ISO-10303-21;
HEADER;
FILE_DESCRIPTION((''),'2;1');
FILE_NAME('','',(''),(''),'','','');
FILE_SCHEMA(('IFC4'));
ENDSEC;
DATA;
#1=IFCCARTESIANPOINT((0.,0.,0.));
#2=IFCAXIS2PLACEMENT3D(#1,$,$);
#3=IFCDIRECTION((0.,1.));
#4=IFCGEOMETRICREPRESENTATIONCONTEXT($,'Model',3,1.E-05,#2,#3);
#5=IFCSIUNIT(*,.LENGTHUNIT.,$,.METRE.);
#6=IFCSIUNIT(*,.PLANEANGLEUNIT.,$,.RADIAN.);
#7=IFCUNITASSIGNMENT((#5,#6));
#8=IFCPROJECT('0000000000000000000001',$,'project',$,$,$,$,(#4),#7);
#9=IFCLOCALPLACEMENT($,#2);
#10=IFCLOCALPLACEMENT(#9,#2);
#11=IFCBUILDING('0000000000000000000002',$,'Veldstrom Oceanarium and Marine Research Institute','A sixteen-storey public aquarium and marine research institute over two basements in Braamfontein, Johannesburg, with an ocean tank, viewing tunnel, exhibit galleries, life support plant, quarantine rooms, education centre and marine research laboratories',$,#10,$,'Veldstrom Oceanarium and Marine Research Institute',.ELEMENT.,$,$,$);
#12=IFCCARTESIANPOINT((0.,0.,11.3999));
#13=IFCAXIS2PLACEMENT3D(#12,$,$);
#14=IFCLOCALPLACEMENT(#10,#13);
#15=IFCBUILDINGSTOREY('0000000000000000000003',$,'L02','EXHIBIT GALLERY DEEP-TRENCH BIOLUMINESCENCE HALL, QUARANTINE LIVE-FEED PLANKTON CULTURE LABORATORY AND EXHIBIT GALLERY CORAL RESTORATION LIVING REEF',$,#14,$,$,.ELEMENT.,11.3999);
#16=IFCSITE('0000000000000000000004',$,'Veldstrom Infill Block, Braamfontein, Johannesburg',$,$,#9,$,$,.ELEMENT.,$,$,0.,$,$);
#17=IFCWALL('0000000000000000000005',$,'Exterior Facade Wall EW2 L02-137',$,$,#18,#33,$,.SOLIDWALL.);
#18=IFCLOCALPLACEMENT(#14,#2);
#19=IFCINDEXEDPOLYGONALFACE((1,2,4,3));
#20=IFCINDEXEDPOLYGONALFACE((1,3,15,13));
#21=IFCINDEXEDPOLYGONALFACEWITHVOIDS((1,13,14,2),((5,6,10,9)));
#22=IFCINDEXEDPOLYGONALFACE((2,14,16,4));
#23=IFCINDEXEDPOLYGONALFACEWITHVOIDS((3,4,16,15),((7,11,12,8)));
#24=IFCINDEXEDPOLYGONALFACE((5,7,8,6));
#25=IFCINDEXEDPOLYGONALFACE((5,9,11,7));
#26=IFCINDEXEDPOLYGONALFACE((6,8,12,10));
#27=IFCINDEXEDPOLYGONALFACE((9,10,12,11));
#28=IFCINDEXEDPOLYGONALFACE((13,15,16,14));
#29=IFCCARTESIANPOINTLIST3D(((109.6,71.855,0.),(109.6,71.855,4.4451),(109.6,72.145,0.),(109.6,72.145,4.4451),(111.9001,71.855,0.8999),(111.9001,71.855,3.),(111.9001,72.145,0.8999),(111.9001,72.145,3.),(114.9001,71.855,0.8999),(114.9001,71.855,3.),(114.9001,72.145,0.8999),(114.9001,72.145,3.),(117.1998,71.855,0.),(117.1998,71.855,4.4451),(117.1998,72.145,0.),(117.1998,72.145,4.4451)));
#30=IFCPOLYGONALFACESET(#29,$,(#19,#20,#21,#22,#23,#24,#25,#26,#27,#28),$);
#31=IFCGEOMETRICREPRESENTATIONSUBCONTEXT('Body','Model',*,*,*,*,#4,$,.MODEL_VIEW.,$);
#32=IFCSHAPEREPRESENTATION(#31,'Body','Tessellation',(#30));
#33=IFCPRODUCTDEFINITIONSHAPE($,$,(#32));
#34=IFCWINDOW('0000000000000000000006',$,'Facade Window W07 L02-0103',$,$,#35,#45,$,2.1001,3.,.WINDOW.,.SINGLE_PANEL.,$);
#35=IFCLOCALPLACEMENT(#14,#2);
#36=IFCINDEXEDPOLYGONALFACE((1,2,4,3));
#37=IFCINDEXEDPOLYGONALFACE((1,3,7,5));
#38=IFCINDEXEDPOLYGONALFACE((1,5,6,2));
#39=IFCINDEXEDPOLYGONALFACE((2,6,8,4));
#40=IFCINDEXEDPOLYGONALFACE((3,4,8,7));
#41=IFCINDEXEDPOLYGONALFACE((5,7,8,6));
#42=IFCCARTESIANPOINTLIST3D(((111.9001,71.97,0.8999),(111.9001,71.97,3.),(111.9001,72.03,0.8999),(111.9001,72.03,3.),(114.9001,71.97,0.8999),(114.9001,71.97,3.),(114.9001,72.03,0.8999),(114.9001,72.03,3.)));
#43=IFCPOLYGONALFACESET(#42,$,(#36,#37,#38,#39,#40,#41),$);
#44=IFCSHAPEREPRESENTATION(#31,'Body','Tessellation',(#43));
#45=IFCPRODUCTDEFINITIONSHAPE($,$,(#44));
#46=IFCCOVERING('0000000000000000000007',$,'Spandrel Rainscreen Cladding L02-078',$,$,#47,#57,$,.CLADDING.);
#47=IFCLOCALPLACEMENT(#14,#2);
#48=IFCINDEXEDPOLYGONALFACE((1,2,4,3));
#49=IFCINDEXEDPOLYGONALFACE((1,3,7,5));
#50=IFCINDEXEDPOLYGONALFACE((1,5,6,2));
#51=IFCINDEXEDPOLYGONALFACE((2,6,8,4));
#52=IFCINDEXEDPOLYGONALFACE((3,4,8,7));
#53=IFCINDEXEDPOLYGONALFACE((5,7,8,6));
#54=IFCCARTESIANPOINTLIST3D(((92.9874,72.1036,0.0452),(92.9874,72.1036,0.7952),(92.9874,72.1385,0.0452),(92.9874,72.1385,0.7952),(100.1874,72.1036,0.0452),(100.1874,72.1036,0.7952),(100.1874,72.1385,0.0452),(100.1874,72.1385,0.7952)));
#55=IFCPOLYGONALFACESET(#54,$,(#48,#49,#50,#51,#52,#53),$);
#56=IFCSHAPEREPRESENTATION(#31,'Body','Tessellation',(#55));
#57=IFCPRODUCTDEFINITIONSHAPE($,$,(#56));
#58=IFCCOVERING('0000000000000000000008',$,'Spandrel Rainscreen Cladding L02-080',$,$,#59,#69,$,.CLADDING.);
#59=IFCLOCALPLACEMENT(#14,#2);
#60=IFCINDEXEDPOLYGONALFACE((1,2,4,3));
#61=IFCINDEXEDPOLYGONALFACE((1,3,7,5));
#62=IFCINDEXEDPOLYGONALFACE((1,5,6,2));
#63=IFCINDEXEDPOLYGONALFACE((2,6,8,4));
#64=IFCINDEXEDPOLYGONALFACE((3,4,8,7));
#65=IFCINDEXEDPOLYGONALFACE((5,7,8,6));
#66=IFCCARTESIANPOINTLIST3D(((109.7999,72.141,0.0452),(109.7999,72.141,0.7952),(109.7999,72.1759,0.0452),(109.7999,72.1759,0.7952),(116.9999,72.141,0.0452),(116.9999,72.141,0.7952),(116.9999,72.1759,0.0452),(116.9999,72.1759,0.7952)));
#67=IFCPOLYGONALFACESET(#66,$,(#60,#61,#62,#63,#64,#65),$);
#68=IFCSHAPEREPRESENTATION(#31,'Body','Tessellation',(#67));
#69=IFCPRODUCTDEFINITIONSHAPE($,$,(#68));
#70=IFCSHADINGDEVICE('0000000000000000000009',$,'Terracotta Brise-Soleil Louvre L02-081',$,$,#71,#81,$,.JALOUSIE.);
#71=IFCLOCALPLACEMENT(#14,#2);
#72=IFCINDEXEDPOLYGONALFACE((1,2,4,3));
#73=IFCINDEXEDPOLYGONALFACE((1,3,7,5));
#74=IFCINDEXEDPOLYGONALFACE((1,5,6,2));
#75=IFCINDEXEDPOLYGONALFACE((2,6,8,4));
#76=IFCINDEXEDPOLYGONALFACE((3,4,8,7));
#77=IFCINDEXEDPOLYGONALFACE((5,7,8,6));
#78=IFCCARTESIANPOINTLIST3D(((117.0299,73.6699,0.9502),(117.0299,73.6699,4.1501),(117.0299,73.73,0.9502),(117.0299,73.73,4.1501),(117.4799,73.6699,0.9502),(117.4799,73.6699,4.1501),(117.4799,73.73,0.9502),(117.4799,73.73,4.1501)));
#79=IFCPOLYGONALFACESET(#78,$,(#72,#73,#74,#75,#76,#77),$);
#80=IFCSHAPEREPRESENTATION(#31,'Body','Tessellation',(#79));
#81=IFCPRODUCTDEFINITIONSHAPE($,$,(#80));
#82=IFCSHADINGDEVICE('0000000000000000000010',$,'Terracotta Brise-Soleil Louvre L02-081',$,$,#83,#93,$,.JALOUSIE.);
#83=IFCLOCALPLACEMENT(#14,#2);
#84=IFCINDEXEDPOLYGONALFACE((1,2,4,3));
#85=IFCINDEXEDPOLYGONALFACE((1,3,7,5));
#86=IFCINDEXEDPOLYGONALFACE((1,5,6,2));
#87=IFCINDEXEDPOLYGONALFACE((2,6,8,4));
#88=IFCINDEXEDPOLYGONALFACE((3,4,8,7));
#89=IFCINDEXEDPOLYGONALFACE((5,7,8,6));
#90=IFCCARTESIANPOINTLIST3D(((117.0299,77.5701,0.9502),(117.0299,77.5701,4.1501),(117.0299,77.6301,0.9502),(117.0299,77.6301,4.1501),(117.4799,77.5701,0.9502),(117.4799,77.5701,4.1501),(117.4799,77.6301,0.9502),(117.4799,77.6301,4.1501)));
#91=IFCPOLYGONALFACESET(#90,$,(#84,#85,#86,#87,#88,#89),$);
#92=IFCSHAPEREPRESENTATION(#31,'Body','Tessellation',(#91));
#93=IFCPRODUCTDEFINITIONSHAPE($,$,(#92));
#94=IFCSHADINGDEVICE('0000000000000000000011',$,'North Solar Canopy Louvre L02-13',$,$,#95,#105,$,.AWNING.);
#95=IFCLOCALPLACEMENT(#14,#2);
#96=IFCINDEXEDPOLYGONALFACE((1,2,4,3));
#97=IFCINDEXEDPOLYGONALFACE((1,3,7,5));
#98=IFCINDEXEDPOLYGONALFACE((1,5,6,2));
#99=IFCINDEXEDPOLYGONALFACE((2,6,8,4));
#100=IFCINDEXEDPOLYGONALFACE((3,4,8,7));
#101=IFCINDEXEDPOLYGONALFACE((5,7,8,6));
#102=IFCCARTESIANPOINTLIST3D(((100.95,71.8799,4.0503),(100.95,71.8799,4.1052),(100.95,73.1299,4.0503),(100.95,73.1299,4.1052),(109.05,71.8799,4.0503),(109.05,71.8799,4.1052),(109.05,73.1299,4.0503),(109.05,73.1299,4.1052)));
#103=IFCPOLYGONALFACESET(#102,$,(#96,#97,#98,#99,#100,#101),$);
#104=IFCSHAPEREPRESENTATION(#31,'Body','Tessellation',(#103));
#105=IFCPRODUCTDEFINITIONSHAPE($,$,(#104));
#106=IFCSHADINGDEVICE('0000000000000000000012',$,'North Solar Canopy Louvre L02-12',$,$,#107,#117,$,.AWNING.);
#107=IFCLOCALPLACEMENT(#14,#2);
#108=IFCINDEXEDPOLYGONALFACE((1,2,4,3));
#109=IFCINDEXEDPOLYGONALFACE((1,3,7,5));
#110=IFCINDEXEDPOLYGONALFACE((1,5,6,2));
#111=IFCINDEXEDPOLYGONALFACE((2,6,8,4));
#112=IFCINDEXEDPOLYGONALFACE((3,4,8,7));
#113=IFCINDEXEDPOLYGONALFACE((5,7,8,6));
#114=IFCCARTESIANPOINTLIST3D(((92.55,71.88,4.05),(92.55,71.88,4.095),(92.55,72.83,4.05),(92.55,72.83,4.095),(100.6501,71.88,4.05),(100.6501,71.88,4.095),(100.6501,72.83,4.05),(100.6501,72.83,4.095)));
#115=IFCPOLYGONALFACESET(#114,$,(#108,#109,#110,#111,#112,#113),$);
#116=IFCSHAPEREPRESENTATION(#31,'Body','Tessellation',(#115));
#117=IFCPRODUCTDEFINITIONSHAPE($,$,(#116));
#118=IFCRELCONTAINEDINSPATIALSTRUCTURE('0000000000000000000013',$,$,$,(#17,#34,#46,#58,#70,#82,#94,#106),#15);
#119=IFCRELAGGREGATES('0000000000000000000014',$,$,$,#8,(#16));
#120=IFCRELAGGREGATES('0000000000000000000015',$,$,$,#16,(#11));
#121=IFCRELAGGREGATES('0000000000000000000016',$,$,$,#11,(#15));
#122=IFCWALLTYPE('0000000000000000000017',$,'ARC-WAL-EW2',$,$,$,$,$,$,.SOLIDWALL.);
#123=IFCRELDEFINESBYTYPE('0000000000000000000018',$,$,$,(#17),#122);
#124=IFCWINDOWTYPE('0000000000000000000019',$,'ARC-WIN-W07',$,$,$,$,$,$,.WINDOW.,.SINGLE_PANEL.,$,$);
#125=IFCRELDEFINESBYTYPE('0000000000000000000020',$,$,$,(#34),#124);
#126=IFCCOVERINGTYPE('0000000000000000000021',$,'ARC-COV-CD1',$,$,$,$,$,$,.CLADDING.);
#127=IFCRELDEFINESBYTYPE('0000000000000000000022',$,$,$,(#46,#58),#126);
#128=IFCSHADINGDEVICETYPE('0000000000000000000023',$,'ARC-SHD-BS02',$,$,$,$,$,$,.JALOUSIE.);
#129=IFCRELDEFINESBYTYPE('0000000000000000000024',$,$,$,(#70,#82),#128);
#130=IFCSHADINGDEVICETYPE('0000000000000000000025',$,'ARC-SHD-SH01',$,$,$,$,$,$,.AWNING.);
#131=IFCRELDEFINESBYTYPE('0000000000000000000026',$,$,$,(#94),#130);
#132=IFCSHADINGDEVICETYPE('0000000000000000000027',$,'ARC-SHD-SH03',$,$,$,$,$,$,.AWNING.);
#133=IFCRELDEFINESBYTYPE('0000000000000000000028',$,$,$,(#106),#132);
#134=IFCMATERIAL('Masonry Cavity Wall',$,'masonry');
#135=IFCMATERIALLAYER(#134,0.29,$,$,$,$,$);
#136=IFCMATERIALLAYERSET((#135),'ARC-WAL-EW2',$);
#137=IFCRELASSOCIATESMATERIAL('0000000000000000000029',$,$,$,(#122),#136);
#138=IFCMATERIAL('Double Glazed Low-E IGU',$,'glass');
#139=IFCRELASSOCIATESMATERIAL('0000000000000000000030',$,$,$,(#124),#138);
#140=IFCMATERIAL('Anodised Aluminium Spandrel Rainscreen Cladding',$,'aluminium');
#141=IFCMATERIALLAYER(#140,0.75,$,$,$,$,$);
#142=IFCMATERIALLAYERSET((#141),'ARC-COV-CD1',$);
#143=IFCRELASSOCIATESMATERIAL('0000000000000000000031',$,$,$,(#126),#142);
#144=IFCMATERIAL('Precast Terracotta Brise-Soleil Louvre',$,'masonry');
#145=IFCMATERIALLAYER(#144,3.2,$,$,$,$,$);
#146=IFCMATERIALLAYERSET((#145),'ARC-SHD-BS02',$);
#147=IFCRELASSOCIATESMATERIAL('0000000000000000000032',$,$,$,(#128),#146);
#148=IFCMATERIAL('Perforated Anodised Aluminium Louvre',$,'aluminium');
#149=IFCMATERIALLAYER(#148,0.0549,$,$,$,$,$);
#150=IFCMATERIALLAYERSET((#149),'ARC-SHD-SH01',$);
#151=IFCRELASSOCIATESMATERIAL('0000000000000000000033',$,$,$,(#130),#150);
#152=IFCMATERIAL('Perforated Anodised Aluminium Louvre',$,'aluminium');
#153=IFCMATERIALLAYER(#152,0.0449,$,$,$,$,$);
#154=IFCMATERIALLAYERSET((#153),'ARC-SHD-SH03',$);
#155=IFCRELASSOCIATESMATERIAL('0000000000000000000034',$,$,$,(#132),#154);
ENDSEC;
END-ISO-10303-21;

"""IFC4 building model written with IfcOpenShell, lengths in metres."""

from ifc_helpers import new_model, si_unit, direction, frame, frame_2d, origin, origin_2d, place, context, subcontext, project, spatial, rectangle, extrude, material, layer, layer_set, type_object, element, fill, save


model = new_model("IFC4")

# Units and contexts
model_context = context("Model", 3, precision=1e-05, world=origin(), true_north=direction((0.0, 1.0)))
body_context = subcontext(model_context, "Body", "Model", "MODEL_VIEW")
ifc_project = project(units=[si_unit("LENGTHUNIT", "METRE"), si_unit("PLANEANGLEUNIT", "RADIAN")], contexts=[model_context])

# Site, building, storey
site_placement = place(None, origin())
site = spatial("IfcSite", under=ifc_project, at=site_placement, Name="Veldstrom Infill Block, Braamfontein, Johannesburg", CompositionType="ELEMENT", RefElevation=0.0)
building_placement = place(site_placement, origin())
building = spatial("IfcBuilding", under=site, at=building_placement, Name="Veldstrom Oceanarium and Marine Research Institute", Description="A sixteen-storey public aquarium and marine research institute over two basements in Braamfontein, Johannesburg, with an ocean tank, viewing tunnel, exhibit galleries, life support plant, quarantine rooms, education centre and marine research laboratories", LongName="Veldstrom Oceanarium and Marine Research Institute", CompositionType="ELEMENT")
storey_placement = place(building_placement, frame((0.0, 0.0, 11.3999)))
storey = spatial("IfcBuildingStorey", under=building, at=storey_placement, Name="L02", Description="EXHIBIT GALLERY DEEP-TRENCH BIOLUMINESCENCE HALL, QUARANTINE LIVE-FEED PLANKTON CULTURE LABORATORY AND EXHIBIT GALLERY CORAL RESTORATION LIVING REEF", CompositionType="ELEMENT", Elevation=11.3999)

# Wall, opening, window
ifc_material_1 = material(Name="Masonry Cavity Wall", Category="masonry")
ifc_layer_1 = layer(ifc_material_1, 0.29)
ifc_layer_set_1 = layer_set([ifc_layer_1], Name="ARC-WAL-EW2")
wall_type = type_object("IfcWallType", Name="ARC-WAL-EW2", PredefinedType="SOLIDWALL", material=ifc_layer_set_1)
wall_placement = place(storey_placement, frame((109.6001, 72.0, 0.0), z_axis=(0.0, 0.0, 1.0), x_axis=(1.0, 0.0, 0.0)))
wall = element("IfcWall", 1, at=wall_placement, inside=storey, type_object=wall_type, Name="Exterior Facade Wall EW2 L02-137", PredefinedType="SOLIDWALL", context=body_context, shape_type="SweptSolid", body=[
    extrude(rectangle(XDim=7.5999, YDim=0.29, at=frame_2d((3.7998, 0.0))), origin(), (0.0, 0.0, 1.0), 4.4451),
])
opening_placement = place(wall_placement, frame((2.3, 0.0, 0.8999)))
opening = element("IfcOpeningElement", 2, at=opening_placement, cuts=wall, PredefinedType="OPENING", context=body_context, shape_type="SweptSolid", body=[
    extrude(rectangle(XDim=3.0, YDim=2.1001, at=frame_2d((1.5, 1.05))), frame((0.0, 0.155, 0.0), z_axis=(0.0, -1.0, 0.0), x_axis=(1.0, 0.0, 0.0)), (0.0, 0.0, 1.0), 0.3101),
])
ifc_material_2 = material(Name="Double Glazed Low-E IGU", Category="glass")
window_type = type_object("IfcWindowType", Name="ARC-WIN-W07", PartitioningType="SINGLE_PANEL", PredefinedType="WINDOW", material=ifc_material_2)
window_placement = place(opening_placement, origin())
window = element("IfcWindow", 3, at=window_placement, inside=storey, type_object=window_type, Name="Facade Window W07 L02-0103", OverallHeight=2.1001, OverallWidth=3.0, PartitioningType="SINGLE_PANEL", PredefinedType="WINDOW", context=body_context, shape_type="SweptSolid", body=[
    extrude(rectangle(XDim=3.0, YDim=2.1001, at=frame_2d((1.5, 1.05))), frame((0.0, 0.03, 0.0), z_axis=(0.0, -1.0, 0.0), x_axis=(1.0, 0.0, 0.0)), (0.0, 0.0, 1.0), 0.0601),
])
fill(opening, window)

# Coverings
ifc_material_3 = material(Name="Anodised Aluminium Spandrel Rainscreen Cladding", Category="aluminium")
ifc_layer_2 = layer(ifc_material_3, 0.75)
ifc_layer_set_2 = layer_set([ifc_layer_2], Name="ARC-COV-CD1")
covering_type = type_object("IfcCoveringType", Name="ARC-COV-CD1", PredefinedType="CLADDING", material=ifc_layer_set_2)
for number, where, z_axis, x_axis, name in (
    (4, (96.5874, 72.1211, 0.0452), (0.0, 0.0, 1.0), (1.0, 0.0, 0.0), "Spandrel Rainscreen Cladding L02-078"),
    (5, (113.3999, 72.1584, 0.0452), (0.0, 0.0, 1.0), (1.0, 0.0, 0.0), "Spandrel Rainscreen Cladding L02-080"),
):
    element("IfcCovering", number, at=place(storey_placement, frame(where, z_axis=z_axis, x_axis=x_axis)), inside=storey, type_object=covering_type, Name=name, PredefinedType="CLADDING", context=body_context, shape_type="SweptSolid", body=[
        extrude(rectangle(XDim=7.2, YDim=0.0349, at=origin_2d()), origin(), (0.0, 0.0, 1.0), 0.75),
    ])

# Shading devices
ifc_material_4 = material(Name="Precast Terracotta Brise-Soleil Louvre", Category="masonry")
ifc_layer_3 = layer(ifc_material_4, 3.2)
ifc_layer_set_3 = layer_set([ifc_layer_3], Name="ARC-SHD-BS02")
shading_device_type_1 = type_object("IfcShadingDeviceType", Name="ARC-SHD-BS02", PredefinedType="JALOUSIE", material=ifc_layer_set_3)
for number, where, z_axis, x_axis, name in (
    (6, (117.2549, 73.7, 0.9502), (0.0, 0.0, 1.0), (1.0, 0.0, 0.0), "Terracotta Brise-Soleil Louvre L02-081"),
    (7, (117.2549, 77.6001, 0.9502), (0.0, 0.0, 1.0), (1.0, 0.0, 0.0), "Terracotta Brise-Soleil Louvre L02-081"),
):
    element("IfcShadingDevice", number, at=place(storey_placement, frame(where, z_axis=z_axis, x_axis=x_axis)), inside=storey, type_object=shading_device_type_1, Name=name, PredefinedType="JALOUSIE", context=body_context, shape_type="SweptSolid", body=[
        extrude(rectangle(XDim=0.45, YDim=0.0601, at=origin_2d()), origin(), (0.0, 0.0, 1.0), 3.2),
    ])
ifc_material_5 = material(Name="Perforated Anodised Aluminium Louvre", Category="aluminium")
ifc_layer_4 = layer(ifc_material_5, 0.0549)
ifc_layer_set_4 = layer_set([ifc_layer_4], Name="ARC-SHD-SH01")
shading_device_type_2 = type_object("IfcShadingDeviceType", Name="ARC-SHD-SH01", PredefinedType="AWNING", material=ifc_layer_set_4)
shading_device_1_placement = place(storey_placement, frame((105.0, 72.5049, 4.0503), z_axis=(0.0, 0.0, 1.0), x_axis=(1.0, 0.0, 0.0)))
element("IfcShadingDevice", 8, at=shading_device_1_placement, inside=storey, type_object=shading_device_type_2, Name="North Solar Canopy Louvre L02-13", PredefinedType="AWNING", context=body_context, shape_type="SweptSolid", body=[
    extrude(rectangle(XDim=8.1001, YDim=1.25, at=origin_2d()), origin(), (0.0, 0.0, 1.0), 0.0549),
])
ifc_material_6 = material(Name="Perforated Anodised Aluminium Louvre", Category="aluminium")
ifc_layer_5 = layer(ifc_material_6, 0.0449)
ifc_layer_set_5 = layer_set([ifc_layer_5], Name="ARC-SHD-SH03")
shading_device_type_3 = type_object("IfcShadingDeviceType", Name="ARC-SHD-SH03", PredefinedType="AWNING", material=ifc_layer_set_5)
shading_device_2_placement = place(storey_placement, frame((96.6001, 72.355, 4.05), z_axis=(0.0, 0.0, 1.0), x_axis=(1.0, 0.0, 0.0)))
element("IfcShadingDevice", 9, at=shading_device_2_placement, inside=storey, type_object=shading_device_type_3, Name="North Solar Canopy Louvre L02-12", PredefinedType="AWNING", context=body_context, shape_type="SweptSolid", body=[
    extrude(rectangle(XDim=8.1001, YDim=0.95, at=origin_2d()), origin(), (0.0, 0.0, 1.0), 0.0449),
])

save(model, "model.ifc")
